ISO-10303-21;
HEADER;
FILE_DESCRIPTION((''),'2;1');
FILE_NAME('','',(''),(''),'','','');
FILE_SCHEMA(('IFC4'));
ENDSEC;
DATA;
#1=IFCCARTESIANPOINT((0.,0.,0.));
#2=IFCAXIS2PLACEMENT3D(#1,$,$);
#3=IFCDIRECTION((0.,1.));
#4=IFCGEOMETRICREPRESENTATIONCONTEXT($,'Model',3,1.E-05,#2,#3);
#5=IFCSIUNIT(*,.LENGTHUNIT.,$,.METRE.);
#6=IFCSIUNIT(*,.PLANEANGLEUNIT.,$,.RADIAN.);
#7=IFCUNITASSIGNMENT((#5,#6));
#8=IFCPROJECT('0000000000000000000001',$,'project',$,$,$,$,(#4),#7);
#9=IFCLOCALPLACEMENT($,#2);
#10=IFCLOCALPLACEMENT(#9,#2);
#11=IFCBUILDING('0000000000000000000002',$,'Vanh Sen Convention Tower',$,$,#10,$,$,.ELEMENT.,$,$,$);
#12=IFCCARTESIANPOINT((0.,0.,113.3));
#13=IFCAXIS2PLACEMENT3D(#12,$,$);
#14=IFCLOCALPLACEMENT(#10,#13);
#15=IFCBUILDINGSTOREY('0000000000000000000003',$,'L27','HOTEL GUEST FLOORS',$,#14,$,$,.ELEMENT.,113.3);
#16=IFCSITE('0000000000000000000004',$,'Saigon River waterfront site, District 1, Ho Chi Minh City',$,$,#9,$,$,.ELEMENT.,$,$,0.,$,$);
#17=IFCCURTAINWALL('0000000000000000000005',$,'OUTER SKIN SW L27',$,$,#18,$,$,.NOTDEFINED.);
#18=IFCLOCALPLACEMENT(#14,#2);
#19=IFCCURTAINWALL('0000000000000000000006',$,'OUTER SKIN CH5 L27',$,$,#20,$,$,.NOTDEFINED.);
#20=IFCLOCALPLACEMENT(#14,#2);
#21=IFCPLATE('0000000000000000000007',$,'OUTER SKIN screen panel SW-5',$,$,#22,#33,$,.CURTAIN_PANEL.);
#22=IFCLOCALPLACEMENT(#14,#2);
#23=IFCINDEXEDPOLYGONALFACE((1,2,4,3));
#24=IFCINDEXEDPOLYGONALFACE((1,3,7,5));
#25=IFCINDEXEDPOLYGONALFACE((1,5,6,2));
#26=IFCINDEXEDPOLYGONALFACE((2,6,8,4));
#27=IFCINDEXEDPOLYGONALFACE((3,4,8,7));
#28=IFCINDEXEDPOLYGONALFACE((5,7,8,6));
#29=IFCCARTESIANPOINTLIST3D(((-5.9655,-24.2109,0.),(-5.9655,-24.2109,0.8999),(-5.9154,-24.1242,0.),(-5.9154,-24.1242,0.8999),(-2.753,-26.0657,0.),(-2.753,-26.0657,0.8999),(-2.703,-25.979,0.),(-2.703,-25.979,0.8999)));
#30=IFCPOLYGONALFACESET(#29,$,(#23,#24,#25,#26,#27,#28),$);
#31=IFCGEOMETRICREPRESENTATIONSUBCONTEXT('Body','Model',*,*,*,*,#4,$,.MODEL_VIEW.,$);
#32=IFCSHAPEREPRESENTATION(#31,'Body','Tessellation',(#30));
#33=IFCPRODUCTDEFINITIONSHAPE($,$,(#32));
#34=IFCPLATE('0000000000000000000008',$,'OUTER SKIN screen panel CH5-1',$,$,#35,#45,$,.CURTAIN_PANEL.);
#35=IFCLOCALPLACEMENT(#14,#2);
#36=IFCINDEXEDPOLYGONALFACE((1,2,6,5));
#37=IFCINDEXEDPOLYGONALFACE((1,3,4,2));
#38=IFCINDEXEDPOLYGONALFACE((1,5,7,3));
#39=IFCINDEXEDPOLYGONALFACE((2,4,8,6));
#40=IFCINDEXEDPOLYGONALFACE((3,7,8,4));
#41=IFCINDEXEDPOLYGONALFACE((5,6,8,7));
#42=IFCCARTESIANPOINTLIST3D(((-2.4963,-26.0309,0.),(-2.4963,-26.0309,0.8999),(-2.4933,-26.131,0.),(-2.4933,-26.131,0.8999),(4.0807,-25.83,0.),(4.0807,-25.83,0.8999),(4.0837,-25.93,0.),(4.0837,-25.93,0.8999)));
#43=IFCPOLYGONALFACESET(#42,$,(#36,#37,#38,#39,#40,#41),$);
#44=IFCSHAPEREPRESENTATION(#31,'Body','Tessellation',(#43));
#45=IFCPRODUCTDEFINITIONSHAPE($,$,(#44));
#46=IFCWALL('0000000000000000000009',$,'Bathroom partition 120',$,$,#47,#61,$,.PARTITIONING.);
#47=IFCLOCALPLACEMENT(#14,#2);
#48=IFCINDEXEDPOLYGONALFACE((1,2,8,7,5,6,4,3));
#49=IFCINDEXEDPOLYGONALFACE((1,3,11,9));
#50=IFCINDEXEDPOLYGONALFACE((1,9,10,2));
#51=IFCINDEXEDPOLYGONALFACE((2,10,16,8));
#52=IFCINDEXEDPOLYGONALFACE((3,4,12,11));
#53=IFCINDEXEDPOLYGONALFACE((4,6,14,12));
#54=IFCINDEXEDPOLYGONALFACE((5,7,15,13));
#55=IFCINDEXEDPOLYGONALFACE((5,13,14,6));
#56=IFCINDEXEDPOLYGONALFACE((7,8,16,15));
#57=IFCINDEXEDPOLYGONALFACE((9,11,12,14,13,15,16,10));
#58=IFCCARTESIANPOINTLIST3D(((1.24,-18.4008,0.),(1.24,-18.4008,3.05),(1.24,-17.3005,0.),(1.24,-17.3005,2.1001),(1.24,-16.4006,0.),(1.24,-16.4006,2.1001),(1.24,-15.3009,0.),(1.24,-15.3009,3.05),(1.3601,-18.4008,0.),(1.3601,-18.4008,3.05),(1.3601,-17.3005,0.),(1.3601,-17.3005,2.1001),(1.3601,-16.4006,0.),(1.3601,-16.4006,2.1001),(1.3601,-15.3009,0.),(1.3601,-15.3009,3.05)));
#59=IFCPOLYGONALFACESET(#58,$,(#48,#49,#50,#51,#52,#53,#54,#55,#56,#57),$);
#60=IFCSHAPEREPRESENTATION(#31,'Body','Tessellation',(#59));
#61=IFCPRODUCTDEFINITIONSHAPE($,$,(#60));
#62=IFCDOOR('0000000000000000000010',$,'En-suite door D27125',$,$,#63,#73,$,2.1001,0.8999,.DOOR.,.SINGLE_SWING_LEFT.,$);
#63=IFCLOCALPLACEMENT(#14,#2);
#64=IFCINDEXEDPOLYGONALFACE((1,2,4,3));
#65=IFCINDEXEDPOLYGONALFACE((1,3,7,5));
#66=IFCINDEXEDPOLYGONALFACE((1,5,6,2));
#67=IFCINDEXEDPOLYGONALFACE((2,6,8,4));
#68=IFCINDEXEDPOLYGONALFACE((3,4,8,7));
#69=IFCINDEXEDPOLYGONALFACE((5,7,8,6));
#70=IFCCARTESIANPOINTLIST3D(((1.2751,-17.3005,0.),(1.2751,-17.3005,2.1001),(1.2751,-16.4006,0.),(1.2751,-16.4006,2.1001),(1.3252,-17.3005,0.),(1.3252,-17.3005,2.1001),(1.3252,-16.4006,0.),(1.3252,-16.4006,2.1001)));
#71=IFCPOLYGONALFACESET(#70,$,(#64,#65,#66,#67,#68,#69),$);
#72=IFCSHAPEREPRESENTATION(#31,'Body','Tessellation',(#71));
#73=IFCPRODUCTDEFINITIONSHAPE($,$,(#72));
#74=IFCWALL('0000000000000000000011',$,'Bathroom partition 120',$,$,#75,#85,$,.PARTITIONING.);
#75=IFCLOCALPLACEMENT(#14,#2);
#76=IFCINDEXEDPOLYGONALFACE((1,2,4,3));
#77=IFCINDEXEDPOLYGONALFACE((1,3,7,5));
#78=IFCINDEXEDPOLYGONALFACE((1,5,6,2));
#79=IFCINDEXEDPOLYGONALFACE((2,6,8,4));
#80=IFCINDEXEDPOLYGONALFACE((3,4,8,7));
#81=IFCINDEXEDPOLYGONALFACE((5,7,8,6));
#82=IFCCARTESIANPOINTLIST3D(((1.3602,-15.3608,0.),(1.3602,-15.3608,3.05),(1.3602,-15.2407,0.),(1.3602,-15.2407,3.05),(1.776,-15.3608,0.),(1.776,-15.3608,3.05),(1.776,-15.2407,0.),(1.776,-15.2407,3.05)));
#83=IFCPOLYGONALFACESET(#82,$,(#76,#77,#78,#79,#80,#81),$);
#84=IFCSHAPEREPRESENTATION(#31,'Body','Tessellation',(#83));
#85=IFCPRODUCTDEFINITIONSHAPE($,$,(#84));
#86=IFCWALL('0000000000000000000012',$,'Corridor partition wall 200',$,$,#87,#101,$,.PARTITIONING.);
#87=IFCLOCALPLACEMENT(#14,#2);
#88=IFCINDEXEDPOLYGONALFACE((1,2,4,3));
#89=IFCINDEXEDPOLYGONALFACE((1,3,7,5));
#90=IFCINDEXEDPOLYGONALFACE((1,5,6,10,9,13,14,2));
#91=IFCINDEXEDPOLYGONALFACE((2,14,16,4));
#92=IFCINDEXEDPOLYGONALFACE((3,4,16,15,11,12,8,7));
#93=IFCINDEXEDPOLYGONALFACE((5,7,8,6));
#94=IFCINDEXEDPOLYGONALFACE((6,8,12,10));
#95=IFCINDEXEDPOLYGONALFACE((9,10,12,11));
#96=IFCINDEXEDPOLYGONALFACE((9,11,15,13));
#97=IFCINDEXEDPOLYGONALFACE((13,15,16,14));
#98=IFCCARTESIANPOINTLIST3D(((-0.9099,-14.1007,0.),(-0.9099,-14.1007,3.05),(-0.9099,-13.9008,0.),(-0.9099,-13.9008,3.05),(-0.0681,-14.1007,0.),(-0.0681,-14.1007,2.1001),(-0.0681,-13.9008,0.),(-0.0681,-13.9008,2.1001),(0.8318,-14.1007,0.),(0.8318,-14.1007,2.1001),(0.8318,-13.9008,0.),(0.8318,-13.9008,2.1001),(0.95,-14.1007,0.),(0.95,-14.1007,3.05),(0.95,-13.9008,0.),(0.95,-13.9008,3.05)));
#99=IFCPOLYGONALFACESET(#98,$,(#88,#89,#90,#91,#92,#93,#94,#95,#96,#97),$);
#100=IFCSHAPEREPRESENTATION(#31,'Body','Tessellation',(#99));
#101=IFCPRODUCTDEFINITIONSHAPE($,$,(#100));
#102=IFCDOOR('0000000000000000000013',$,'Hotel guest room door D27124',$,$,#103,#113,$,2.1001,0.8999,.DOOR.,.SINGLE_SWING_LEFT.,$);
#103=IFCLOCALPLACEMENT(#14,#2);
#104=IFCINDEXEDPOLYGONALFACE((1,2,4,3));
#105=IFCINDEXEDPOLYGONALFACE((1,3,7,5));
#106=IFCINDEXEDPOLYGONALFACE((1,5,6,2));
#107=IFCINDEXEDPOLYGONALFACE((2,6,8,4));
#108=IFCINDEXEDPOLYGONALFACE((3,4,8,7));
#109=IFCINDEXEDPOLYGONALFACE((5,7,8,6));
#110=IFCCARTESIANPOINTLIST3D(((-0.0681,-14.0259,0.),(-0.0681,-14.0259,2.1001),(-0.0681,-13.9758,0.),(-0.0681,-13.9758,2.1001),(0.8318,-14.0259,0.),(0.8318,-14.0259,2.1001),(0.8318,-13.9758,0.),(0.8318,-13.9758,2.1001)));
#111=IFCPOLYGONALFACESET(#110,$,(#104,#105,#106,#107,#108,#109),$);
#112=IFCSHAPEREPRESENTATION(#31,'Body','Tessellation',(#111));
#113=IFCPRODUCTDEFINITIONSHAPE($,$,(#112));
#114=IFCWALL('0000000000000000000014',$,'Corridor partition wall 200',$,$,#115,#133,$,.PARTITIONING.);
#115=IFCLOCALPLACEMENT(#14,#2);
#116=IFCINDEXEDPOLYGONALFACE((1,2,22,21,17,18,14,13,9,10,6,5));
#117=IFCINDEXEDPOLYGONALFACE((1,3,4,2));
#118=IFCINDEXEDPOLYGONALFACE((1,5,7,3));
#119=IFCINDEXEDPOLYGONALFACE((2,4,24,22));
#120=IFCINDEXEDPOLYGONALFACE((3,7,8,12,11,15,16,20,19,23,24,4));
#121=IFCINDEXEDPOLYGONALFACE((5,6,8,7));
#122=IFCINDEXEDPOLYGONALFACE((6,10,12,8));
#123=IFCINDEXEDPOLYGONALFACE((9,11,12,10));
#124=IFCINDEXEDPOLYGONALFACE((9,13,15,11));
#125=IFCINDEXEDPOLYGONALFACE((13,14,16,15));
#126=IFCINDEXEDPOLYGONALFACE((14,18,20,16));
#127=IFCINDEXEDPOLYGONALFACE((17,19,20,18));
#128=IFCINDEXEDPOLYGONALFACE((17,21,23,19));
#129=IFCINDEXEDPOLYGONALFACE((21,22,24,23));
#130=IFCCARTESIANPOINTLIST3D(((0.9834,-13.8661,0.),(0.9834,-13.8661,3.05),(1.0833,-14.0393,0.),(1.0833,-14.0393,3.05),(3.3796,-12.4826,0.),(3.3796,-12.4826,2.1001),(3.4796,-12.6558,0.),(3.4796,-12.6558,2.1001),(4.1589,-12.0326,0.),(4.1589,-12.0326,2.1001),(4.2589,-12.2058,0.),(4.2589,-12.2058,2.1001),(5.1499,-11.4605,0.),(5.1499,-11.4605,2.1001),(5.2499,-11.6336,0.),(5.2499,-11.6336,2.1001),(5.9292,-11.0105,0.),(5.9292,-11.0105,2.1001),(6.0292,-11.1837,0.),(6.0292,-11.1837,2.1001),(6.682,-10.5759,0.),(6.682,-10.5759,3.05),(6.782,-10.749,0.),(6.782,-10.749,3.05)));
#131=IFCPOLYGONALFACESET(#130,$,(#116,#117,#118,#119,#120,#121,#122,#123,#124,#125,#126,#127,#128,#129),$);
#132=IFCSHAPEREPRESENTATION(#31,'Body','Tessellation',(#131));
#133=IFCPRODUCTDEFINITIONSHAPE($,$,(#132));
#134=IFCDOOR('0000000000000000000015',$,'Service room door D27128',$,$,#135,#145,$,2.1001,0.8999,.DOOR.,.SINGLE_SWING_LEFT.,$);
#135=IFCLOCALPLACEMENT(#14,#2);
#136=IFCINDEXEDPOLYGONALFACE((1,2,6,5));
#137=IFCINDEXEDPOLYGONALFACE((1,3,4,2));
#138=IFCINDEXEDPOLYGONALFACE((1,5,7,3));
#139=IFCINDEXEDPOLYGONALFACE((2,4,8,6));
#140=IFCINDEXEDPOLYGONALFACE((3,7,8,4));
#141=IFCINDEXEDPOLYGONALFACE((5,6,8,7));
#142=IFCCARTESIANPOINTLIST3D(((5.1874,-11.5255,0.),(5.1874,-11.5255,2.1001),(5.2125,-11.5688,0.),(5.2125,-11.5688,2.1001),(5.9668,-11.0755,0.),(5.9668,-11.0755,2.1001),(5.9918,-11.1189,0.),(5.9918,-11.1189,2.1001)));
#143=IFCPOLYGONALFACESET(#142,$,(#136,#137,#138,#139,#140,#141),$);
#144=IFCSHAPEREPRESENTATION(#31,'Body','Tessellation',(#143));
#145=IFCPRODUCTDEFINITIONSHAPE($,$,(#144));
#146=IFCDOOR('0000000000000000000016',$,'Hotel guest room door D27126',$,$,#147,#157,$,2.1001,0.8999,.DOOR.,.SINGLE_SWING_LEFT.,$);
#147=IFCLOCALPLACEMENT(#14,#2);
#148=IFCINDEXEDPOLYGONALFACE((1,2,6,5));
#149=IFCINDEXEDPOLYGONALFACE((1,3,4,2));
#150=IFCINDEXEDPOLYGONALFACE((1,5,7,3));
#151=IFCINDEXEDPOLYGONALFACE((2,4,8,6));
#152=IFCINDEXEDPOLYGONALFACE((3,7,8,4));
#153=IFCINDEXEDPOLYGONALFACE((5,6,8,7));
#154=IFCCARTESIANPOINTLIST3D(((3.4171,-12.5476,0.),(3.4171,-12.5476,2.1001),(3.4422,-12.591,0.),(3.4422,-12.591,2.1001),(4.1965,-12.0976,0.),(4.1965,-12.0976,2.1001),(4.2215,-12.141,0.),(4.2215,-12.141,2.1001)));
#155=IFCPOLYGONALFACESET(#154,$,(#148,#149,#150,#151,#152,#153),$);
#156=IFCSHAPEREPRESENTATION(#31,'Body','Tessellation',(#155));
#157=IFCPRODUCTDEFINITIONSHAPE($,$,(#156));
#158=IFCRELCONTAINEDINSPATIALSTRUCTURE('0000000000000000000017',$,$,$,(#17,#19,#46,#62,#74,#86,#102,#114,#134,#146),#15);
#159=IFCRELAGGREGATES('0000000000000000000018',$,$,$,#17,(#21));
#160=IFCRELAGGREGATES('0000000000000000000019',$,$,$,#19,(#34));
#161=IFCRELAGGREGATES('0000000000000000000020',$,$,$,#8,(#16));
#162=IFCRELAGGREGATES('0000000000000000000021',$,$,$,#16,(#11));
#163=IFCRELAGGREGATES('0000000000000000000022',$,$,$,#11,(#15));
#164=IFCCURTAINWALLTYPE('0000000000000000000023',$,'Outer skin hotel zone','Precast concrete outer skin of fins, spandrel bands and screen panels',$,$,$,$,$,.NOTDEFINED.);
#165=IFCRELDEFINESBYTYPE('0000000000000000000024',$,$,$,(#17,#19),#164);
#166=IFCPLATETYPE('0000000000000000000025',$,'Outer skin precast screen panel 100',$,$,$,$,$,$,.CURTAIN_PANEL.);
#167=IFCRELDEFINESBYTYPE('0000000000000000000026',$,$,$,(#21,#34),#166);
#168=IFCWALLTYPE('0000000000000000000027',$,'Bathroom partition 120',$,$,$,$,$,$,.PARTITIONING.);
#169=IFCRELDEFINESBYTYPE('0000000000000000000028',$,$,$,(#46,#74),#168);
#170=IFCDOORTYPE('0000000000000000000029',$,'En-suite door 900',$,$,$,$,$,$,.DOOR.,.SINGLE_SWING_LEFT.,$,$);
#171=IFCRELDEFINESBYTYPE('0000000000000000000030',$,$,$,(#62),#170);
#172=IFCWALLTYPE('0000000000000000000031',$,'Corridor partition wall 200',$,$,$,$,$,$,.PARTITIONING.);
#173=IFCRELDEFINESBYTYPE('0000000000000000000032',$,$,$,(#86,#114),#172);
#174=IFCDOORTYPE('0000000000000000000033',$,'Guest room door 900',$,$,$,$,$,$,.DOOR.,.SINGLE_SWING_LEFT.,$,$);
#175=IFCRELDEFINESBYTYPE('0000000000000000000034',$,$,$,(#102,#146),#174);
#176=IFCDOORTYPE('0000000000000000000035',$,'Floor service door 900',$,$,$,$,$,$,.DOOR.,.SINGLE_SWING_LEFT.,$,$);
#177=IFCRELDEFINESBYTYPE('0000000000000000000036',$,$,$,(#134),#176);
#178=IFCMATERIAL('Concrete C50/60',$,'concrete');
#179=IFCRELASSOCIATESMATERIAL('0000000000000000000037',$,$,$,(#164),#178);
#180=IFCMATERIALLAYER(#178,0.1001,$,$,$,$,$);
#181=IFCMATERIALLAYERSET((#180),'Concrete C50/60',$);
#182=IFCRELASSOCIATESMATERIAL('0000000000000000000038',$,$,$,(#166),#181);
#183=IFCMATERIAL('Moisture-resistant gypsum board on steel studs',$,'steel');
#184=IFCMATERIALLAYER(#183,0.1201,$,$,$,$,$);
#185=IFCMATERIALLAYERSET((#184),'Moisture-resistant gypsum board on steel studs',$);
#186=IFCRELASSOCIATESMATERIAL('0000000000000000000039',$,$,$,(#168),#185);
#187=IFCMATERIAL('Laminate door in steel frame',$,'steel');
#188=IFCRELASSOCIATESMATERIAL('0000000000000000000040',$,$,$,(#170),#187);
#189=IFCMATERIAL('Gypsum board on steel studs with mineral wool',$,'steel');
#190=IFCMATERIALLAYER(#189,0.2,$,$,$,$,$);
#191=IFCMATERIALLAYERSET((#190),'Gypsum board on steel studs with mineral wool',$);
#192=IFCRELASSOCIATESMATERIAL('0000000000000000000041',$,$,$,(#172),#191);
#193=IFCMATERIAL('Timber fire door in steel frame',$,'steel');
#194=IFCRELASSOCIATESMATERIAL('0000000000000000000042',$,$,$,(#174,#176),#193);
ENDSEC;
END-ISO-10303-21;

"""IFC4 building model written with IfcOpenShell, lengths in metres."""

from ifc_helpers import new_model, si_unit, direction, frame, frame_2d, origin, origin_2d, place, context, subcontext, project, spatial, rectangle, extrude, material, layer, layer_set, type_object, element, fill, aggregate, save


model = new_model("IFC4")

# Units and contexts
model_context = context("Model", 3, precision=1e-05, world=origin(), true_north=direction((0.0, 1.0)))
body_context = subcontext(model_context, "Body", "Model", "MODEL_VIEW")
ifc_project = project(units=[si_unit("LENGTHUNIT", "METRE"), si_unit("PLANEANGLEUNIT", "RADIAN")], contexts=[model_context])

# Site, building, storey
site_placement = place(None, origin())
site = spatial("IfcSite", under=ifc_project, at=site_placement, Name="Saigon River waterfront site, District 1, Ho Chi Minh City", CompositionType="ELEMENT", RefElevation=0.0)
building_placement = place(site_placement, origin())
building = spatial("IfcBuilding", under=site, at=building_placement, Name="Vanh Sen Convention Tower", CompositionType="ELEMENT")
storey_placement = place(building_placement, frame((0.0, 0.0, 113.3)))
storey = spatial("IfcBuildingStorey", under=building, at=storey_placement, Name="L27", Description="HOTEL GUEST FLOORS", CompositionType="ELEMENT", Elevation=113.3)

# Curtain wall
ifc_material_1 = material(Name="Concrete C50/60", Category="concrete")
curtain_wall_type = type_object("IfcCurtainWallType", Name="Outer skin hotel zone", Description="Precast concrete outer skin of fins, spandrel bands and screen panels", PredefinedType="NOTDEFINED", material=ifc_material_1)
curtain_wall_1_placement = place(storey_placement, origin())
curtain_wall_1 = element("IfcCurtainWall", 1, at=curtain_wall_1_placement, inside=storey, type_object=curtain_wall_type, Name="OUTER SKIN SW L27", PredefinedType="NOTDEFINED")

# Curtain wall
curtain_wall_2_placement = place(storey_placement, origin())
curtain_wall_2 = element("IfcCurtainWall", 2, at=curtain_wall_2_placement, inside=storey, type_object=curtain_wall_type, Name="OUTER SKIN CH5 L27", PredefinedType="NOTDEFINED")

# Plates
ifc_layer_1 = layer(ifc_material_1, 0.1001)
ifc_layer_set_1 = layer_set([ifc_layer_1], Name="Concrete C50/60")
plate_type = type_object("IfcPlateType", Name="Outer skin precast screen panel 100", PredefinedType="CURTAIN_PANEL", material=ifc_layer_set_1)
plate_1_placement = place(storey_placement, frame((-4.3342, -25.095, 0.0), z_axis=(0.0, 0.0, 1.0), x_axis=(0.866021, -0.500008, 0.0)))
plate_1 = element("IfcPlate", 3, at=plate_1_placement, type_object=plate_type, Name="OUTER SKIN screen panel SW-5", PredefinedType="CURTAIN_PANEL", context=body_context, shape_type="SweptSolid", body=[
    extrude(rectangle(XDim=3.7095, YDim=0.1001, at=origin_2d()), origin(), (0.0, 0.0, 1.0), 0.8999),
])
aggregate(curtain_wall_1, [plate_1])
plate_2_placement = place(storey_placement, frame((0.7937, -25.9805, 0.0), z_axis=(0.0, 0.0, 1.0), x_axis=(0.999533, 0.030542, 0.0)))
plate_2 = element("IfcPlate", 4, at=plate_2_placement, type_object=plate_type, Name="OUTER SKIN screen panel CH5-1", PredefinedType="CURTAIN_PANEL", context=body_context, shape_type="SweptSolid", body=[
    extrude(rectangle(XDim=6.5801, YDim=0.1001, at=origin_2d()), origin(), (0.0, 0.0, 1.0), 0.8999),
])
aggregate(curtain_wall_2, [plate_2])

# Wall, opening, door
ifc_material_2 = material(Name="Moisture-resistant gypsum board on steel studs", Category="steel")
ifc_layer_2 = layer(ifc_material_2, 0.1201)
ifc_layer_set_2 = layer_set([ifc_layer_2], Name="Moisture-resistant gypsum board on steel studs")
wall_type_1 = type_object("IfcWallType", Name="Bathroom partition 120", PredefinedType="PARTITIONING", material=ifc_layer_set_2)
wall_1_placement = place(storey_placement, frame((1.3, -18.4006, 0.0), z_axis=(0.0, 0.0, 1.0), x_axis=(0.0, 1.0, 0.0)))
wall_1 = element("IfcWall", 5, at=wall_1_placement, inside=storey, type_object=wall_type_1, Name="Bathroom partition 120", PredefinedType="PARTITIONING", context=body_context, shape_type="SweptSolid", body=[
    extrude(rectangle(XDim=3.0999, YDim=0.1201, at=frame_2d((1.5498, 0.0))), origin(), (0.0, 0.0, 1.0), 3.05),
])
opening_1_placement = place(wall_1_placement, frame((1.1001, 0.0, 0.0)))
opening_1 = element("IfcOpeningElement", 6, at=opening_1_placement, cuts=wall_1, PredefinedType="OPENING", context=body_context, shape_type="SweptSolid", body=[
    extrude(rectangle(XDim=0.8999, YDim=2.1001, at=frame_2d((0.45, 1.05))), frame((0.0, 0.0701, 0.0), z_axis=(0.0, -1.0, 0.0), x_axis=(1.0, 0.0, 0.0)), (0.0, 0.0, 1.0), 0.1401),
])
ifc_material_3 = material(Name="Laminate door in steel frame", Category="steel")
door_type_1 = type_object("IfcDoorType", Name="En-suite door 900", OperationType="SINGLE_SWING_LEFT", PredefinedType="DOOR", material=ifc_material_3)
door_1_placement = place(opening_1_placement, origin())
door_1 = element("IfcDoor", 7, at=door_1_placement, inside=storey, type_object=door_type_1, Name="En-suite door D27125", OperationType="SINGLE_SWING_LEFT", OverallHeight=2.1001, OverallWidth=0.8999, PredefinedType="DOOR", context=body_context, shape_type="SweptSolid", body=[
    extrude(rectangle(XDim=0.8999, YDim=2.1001, at=frame_2d((0.45, 1.05))), frame((0.0, 0.0249, 0.0), z_axis=(0.0, -1.0, 0.0), x_axis=(1.0, 0.0, 0.0)), (0.0, 0.0, 1.0), 0.05),
])
fill(opening_1, door_1)

# Wall
wall_2_placement = place(storey_placement, frame((1.3601, -15.3008, 0.0), z_axis=(0.0, 0.0, 1.0), x_axis=(1.0, 0.0, 0.0)))
element("IfcWall", 8, at=wall_2_placement, inside=storey, type_object=wall_type_1, Name="Bathroom partition 120", PredefinedType="PARTITIONING", context=body_context, shape_type="SweptSolid", body=[
    extrude(rectangle(XDim=0.4158, YDim=0.1201, at=frame_2d((0.208, 0.0))), origin(), (0.0, 0.0, 1.0), 3.05),
])

# Wall, opening, door
ifc_material_4 = material(Name="Gypsum board on steel studs with mineral wool", Category="steel")
ifc_layer_3 = layer(ifc_material_4, 0.2)
ifc_layer_set_3 = layer_set([ifc_layer_3], Name="Gypsum board on steel studs with mineral wool")
wall_type_2 = type_object("IfcWallType", Name="Corridor partition wall 200", PredefinedType="PARTITIONING", material=ifc_layer_set_3)
wall_3_placement = place(storey_placement, frame((-0.9099, -14.0007, 0.0), z_axis=(0.0, 0.0, 1.0), x_axis=(1.0, 0.0, 0.0)))
wall_3 = element("IfcWall", 9, at=wall_3_placement, inside=storey, type_object=wall_type_2, Name="Corridor partition wall 200", PredefinedType="PARTITIONING", context=body_context, shape_type="SweptSolid", body=[
    extrude(rectangle(XDim=1.8599, YDim=0.2, at=frame_2d((0.9299, 0.0))), origin(), (0.0, 0.0, 1.0), 3.05),
])
opening_2_placement = place(wall_3_placement, frame((0.8418, 0.0, 0.0)))
opening_2 = element("IfcOpeningElement", 10, at=opening_2_placement, cuts=wall_3, PredefinedType="OPENING", context=body_context, shape_type="SweptSolid", body=[
    extrude(rectangle(XDim=0.8999, YDim=2.1001, at=frame_2d((0.45, 1.05))), frame((0.0, 0.1099, 0.0), z_axis=(0.0, -1.0, 0.0), x_axis=(1.0, 0.0, 0.0)), (0.0, 0.0, 1.0), 0.22),
])
ifc_material_5 = material(Name="Timber fire door in steel frame", Category="steel")
door_type_2 = type_object("IfcDoorType", Name="Guest room door 900", OperationType="SINGLE_SWING_LEFT", PredefinedType="DOOR", material=ifc_material_5)
door_2_placement = place(opening_2_placement, origin())
door_2 = element("IfcDoor", 11, at=door_2_placement, inside=storey, type_object=door_type_2, Name="Hotel guest room door D27124", OperationType="SINGLE_SWING_LEFT", OverallHeight=2.1001, OverallWidth=0.8999, PredefinedType="DOOR", context=body_context, shape_type="SweptSolid", body=[
    extrude(rectangle(XDim=0.8999, YDim=2.1001, at=frame_2d((0.45, 1.05))), frame((0.0, 0.0249, 0.0), z_axis=(0.0, -1.0, 0.0), x_axis=(1.0, 0.0, 0.0)), (0.0, 0.0, 1.0), 0.05),
])
fill(opening_2, door_2)

# Wall, openings, doors
wall_4_placement = place(storey_placement, frame((1.0334, -13.9526, 0.0), z_axis=(0.0, 0.0, 1.0), x_axis=(0.866018, 0.500014, 0.0)))
wall_4 = element("IfcWall", 12, at=wall_4_placement, inside=storey, type_object=wall_type_2, Name="Corridor partition wall 200", PredefinedType="PARTITIONING", context=body_context, shape_type="SweptSolid", body=[
    extrude(rectangle(XDim=6.5803, YDim=0.2, at=frame_2d((3.29, 0.0))), origin(), (0.0, 0.0, 1.0), 3.05),
])
opening_3_placement = place(wall_4_placement, frame((2.7668, 0.0, 0.0)))
opening_3 = element("IfcOpeningElement", 13, at=opening_3_placement, cuts=wall_4, PredefinedType="OPENING", context=body_context, shape_type="SweptSolid", body=[
    extrude(rectangle(XDim=0.8999, YDim=2.1001, at=frame_2d((0.45, 1.05))), frame((0.0, 0.1099, 0.0), z_axis=(0.0, -1.0, 0.0), x_axis=(1.0, 0.0, 0.0)), (0.0, 0.0, 1.0), 0.22),
])
opening_4_placement = place(wall_4_placement, frame((4.811, 0.0, 0.0)))
opening_4 = element("IfcOpeningElement", 14, at=opening_4_placement, cuts=wall_4, PredefinedType="OPENING", context=body_context, shape_type="SweptSolid", body=[
    extrude(rectangle(XDim=0.8999, YDim=2.1001, at=frame_2d((0.45, 1.05))), frame((0.0, 0.1099, 0.0), z_axis=(0.0, -1.0, 0.0), x_axis=(1.0, 0.0, 0.0)), (0.0, 0.0, 1.0), 0.22),
])
door_type_3 = type_object("IfcDoorType", Name="Floor service door 900", OperationType="SINGLE_SWING_LEFT", PredefinedType="DOOR", material=ifc_material_5)
door_3_placement = place(opening_4_placement, origin())
door_3 = element("IfcDoor", 15, at=door_3_placement, inside=storey, type_object=door_type_3, Name="Service room door D27128", OperationType="SINGLE_SWING_LEFT", OverallHeight=2.1001, OverallWidth=0.8999, PredefinedType="DOOR", context=body_context, shape_type="SweptSolid", body=[
    extrude(rectangle(XDim=0.8999, YDim=2.1001, at=frame_2d((0.45, 1.05))), frame((0.0, 0.0249, 0.0), z_axis=(0.0, -1.0, 0.0), x_axis=(1.0, 0.0, 0.0)), (0.0, 0.0, 1.0), 0.05),
])
fill(opening_4, door_3)
door_4_placement = place(opening_3_placement, origin())
door_4 = element("IfcDoor", 16, at=door_4_placement, inside=storey, type_object=door_type_2, Name="Hotel guest room door D27126", OperationType="SINGLE_SWING_LEFT", OverallHeight=2.1001, OverallWidth=0.8999, PredefinedType="DOOR", context=body_context, shape_type="SweptSolid", body=[
    extrude(rectangle(XDim=0.8999, YDim=2.1001, at=frame_2d((0.45, 1.05))), frame((0.0, 0.0249, 0.0), z_axis=(0.0, -1.0, 0.0), x_axis=(1.0, 0.0, 0.0)), (0.0, 0.0, 1.0), 0.05),
])
fill(opening_3, door_4)

save(model, "model.ifc")
